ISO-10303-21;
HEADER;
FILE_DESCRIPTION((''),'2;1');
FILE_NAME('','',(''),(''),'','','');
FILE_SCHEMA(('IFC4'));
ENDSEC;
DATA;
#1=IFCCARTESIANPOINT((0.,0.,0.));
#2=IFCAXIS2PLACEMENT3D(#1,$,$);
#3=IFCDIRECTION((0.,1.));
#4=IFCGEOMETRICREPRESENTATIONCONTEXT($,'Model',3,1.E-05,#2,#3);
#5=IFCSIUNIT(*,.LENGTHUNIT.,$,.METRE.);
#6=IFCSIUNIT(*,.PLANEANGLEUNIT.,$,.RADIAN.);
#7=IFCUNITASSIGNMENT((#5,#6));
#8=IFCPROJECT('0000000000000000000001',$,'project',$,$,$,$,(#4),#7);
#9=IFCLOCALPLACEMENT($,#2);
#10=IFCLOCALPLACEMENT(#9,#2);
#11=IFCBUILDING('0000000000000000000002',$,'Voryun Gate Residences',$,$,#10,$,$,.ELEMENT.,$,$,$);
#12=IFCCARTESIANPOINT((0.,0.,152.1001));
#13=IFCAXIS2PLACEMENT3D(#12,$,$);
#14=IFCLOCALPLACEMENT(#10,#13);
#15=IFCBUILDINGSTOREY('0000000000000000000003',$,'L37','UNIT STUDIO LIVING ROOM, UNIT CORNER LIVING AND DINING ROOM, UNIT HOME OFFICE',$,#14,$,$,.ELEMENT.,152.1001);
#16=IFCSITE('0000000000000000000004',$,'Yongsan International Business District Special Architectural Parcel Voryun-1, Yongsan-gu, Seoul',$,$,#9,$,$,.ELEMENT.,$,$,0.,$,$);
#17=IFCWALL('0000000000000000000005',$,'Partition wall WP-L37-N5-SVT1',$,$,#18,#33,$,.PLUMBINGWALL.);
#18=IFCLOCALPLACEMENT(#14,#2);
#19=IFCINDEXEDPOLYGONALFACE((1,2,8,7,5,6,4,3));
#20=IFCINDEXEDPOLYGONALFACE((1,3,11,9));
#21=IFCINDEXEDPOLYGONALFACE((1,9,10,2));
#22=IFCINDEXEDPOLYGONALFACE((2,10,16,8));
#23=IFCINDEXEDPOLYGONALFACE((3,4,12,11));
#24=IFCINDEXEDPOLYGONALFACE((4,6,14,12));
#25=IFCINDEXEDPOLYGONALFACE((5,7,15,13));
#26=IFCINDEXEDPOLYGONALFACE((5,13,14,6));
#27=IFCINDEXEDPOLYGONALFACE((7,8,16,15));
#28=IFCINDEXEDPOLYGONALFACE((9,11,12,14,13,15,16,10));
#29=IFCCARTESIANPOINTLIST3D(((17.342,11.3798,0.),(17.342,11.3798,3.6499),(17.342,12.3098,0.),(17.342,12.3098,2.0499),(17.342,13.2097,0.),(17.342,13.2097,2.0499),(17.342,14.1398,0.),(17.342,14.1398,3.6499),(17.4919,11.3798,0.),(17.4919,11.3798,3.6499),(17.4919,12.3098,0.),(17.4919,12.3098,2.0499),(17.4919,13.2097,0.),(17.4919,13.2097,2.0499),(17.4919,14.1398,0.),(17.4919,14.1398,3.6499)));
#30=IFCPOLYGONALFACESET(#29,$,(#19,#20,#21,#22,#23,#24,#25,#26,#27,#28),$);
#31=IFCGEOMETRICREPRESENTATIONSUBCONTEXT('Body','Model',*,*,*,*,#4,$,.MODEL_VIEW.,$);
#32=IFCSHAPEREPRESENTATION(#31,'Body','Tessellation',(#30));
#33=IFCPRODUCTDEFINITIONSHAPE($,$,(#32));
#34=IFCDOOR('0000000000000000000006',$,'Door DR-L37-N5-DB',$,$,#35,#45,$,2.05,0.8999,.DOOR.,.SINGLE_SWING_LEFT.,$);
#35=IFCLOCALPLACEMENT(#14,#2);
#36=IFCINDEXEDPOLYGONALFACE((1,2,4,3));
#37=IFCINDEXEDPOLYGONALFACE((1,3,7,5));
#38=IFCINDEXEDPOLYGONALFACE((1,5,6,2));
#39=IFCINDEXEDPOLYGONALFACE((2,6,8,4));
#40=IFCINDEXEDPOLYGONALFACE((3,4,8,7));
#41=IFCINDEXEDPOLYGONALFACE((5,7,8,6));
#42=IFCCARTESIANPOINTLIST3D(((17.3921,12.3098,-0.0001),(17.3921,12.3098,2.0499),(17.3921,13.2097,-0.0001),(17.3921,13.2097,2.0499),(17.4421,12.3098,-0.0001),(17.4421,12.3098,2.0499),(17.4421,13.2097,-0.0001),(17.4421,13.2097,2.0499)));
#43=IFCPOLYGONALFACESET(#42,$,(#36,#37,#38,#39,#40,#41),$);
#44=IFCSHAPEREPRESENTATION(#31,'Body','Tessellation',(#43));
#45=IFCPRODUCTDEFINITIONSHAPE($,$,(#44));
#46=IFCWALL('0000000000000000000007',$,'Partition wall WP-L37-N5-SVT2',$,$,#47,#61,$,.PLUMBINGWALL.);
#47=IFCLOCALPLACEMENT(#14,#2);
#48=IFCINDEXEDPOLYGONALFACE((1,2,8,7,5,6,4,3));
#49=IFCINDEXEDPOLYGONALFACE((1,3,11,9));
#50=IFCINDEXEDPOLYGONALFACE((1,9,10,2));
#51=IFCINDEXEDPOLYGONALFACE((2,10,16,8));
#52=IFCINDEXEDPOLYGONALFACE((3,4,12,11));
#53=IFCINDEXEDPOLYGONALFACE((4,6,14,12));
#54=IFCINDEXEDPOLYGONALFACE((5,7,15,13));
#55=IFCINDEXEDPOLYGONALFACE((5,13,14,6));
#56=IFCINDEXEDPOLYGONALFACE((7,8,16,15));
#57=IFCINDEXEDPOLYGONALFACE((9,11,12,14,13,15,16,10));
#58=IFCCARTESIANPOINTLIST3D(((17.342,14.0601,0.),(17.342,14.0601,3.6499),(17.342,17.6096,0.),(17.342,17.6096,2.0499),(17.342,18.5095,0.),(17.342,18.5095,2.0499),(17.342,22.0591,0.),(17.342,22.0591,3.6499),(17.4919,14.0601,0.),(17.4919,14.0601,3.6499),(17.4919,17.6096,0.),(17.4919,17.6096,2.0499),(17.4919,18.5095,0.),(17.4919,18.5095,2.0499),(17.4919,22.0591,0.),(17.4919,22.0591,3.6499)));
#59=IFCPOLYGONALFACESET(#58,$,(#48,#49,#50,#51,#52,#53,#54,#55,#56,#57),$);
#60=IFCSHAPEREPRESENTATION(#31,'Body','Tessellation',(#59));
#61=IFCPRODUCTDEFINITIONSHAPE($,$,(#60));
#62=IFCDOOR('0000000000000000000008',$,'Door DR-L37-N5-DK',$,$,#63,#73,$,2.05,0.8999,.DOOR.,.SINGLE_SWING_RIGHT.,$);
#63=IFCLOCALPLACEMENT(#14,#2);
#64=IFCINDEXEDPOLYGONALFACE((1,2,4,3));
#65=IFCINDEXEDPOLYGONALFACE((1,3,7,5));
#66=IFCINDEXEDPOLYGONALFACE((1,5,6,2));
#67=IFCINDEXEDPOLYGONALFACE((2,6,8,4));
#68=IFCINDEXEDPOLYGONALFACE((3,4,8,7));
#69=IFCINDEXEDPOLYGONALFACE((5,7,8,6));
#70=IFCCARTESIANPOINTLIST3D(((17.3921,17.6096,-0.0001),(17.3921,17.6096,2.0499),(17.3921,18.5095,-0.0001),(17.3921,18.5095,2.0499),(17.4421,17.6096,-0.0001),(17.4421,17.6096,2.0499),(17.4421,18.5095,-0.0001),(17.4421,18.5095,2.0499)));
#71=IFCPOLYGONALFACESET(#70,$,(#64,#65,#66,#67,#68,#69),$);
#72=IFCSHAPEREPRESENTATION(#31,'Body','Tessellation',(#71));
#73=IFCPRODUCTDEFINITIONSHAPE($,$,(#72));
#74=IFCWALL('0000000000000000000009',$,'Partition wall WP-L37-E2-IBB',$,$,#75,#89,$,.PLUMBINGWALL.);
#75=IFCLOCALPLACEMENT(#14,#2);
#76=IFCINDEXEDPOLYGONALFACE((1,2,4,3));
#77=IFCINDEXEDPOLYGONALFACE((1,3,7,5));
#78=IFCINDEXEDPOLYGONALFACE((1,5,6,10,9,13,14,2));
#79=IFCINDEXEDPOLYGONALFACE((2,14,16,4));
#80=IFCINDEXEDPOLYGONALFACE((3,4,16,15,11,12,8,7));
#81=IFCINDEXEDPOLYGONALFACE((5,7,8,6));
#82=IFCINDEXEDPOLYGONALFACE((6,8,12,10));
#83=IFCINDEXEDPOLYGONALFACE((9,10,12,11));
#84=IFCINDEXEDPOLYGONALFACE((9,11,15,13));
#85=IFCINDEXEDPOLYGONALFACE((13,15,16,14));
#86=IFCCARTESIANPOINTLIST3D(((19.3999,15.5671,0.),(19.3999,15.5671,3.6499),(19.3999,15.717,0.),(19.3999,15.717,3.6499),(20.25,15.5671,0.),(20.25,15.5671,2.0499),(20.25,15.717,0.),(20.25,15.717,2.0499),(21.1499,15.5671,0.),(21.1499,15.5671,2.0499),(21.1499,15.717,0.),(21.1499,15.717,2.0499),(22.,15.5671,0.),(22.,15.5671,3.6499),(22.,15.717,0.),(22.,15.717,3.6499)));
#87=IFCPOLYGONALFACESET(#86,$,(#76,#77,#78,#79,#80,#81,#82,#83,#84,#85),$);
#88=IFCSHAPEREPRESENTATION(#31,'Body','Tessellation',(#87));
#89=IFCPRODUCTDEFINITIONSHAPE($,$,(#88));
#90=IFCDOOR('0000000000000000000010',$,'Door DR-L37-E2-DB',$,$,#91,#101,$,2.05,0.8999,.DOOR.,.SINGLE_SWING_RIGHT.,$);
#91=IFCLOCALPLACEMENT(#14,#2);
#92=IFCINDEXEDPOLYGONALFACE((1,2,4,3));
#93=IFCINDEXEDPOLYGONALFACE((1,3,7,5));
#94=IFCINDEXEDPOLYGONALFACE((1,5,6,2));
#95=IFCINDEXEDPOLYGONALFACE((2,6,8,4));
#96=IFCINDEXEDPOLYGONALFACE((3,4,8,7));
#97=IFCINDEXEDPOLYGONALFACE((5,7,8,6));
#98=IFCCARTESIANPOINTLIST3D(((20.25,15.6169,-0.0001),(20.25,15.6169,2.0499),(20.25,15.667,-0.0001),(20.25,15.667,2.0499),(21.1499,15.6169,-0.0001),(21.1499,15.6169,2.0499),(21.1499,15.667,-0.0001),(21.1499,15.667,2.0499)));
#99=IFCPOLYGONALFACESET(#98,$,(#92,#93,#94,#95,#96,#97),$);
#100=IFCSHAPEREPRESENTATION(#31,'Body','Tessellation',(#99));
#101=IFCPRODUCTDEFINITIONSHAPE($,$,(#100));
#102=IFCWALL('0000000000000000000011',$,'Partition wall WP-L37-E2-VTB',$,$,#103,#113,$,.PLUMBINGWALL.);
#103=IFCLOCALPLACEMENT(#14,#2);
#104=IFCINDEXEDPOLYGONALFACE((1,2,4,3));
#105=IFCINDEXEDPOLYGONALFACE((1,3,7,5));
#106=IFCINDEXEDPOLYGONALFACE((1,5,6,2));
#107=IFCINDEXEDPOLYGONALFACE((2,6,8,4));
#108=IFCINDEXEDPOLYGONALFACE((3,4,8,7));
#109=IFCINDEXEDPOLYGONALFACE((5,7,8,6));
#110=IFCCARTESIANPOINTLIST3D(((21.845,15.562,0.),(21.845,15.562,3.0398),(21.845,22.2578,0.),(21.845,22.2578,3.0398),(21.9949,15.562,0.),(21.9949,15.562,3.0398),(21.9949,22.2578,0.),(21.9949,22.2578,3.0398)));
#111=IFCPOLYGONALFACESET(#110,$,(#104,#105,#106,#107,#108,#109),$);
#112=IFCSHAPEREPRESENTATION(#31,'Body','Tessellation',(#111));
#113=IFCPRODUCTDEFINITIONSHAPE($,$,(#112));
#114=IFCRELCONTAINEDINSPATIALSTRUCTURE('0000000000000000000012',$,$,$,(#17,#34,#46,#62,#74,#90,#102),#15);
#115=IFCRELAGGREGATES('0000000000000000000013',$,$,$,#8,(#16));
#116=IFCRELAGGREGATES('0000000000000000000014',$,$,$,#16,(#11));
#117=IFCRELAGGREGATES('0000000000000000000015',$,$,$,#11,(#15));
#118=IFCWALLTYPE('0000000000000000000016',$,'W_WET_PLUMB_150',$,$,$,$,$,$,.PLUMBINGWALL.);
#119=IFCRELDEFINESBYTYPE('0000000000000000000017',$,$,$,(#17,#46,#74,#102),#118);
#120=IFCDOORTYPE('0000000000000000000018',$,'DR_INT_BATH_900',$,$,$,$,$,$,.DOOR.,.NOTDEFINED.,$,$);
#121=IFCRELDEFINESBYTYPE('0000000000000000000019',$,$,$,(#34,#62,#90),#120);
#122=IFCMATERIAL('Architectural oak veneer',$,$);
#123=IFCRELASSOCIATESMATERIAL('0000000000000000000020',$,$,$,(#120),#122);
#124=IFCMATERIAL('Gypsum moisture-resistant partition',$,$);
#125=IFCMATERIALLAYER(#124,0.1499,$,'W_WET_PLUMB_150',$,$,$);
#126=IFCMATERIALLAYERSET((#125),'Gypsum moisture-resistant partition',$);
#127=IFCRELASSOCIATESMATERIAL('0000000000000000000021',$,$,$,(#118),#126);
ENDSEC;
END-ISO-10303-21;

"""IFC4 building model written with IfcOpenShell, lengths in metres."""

from ifc_helpers import new_model, si_unit, direction, frame, frame_2d, origin, place, context, subcontext, project, spatial, rectangle, extrude, material, layer, layer_set, type_object, element, fill, save


model = new_model("IFC4")

# Units and contexts
model_context = context("Model", 3, precision=1e-05, world=origin(), true_north=direction((0.0, 1.0)))
body_context = subcontext(model_context, "Body", "Model", "MODEL_VIEW")
ifc_project = project(units=[si_unit("LENGTHUNIT", "METRE"), si_unit("PLANEANGLEUNIT", "RADIAN")], contexts=[model_context])

# Site, building, storey
site_placement = place(None, origin())
site = spatial("IfcSite", under=ifc_project, at=site_placement, Name="Yongsan International Business District Special Architectural Parcel Voryun-1, Yongsan-gu, Seoul", CompositionType="ELEMENT", RefElevation=0.0)
building_placement = place(site_placement, origin())
building = spatial("IfcBuilding", under=site, at=building_placement, Name="Voryun Gate Residences", CompositionType="ELEMENT")
storey_placement = place(building_placement, frame((0.0, 0.0, 152.1001)))
storey = spatial("IfcBuildingStorey", under=building, at=storey_placement, Name="L37", Description="UNIT STUDIO LIVING ROOM, UNIT CORNER LIVING AND DINING ROOM, UNIT HOME OFFICE", CompositionType="ELEMENT", Elevation=152.1001)

# Shared definitions
ifc_material_1 = material(Name="Architectural oak veneer")
door_type = type_object("IfcDoorType", Name="DR_INT_BATH_900", OperationType="NOTDEFINED", PredefinedType="DOOR", material=ifc_material_1)

# Shared definitions
ifc_material_2 = material(Name="Gypsum moisture-resistant partition")
ifc_layer_1 = layer(ifc_material_2, 0.1499, Name="W_WET_PLUMB_150")
ifc_layer_set_1 = layer_set([ifc_layer_1], Name="Gypsum moisture-resistant partition")
wall_type_1 = type_object("IfcWallType", Name="W_WET_PLUMB_150", PredefinedType="PLUMBINGWALL", material=ifc_layer_set_1)

# Walls, openings, doors
wall_1_placement = place(storey_placement, frame((17.417, 11.3799, 0.0), z_axis=(0.0, 0.0, 1.0), x_axis=(0.0, 1.0, 0.0)))
wall_1 = element("IfcWall", 1, at=wall_1_placement, inside=storey, type_object=wall_type_1, Name="Partition wall WP-L37-N5-SVT1", PredefinedType="PLUMBINGWALL", context=body_context, shape_type="SweptSolid", body=[
    extrude(rectangle(XDim=2.76, YDim=0.1499, at=frame_2d((1.3799, 0.0))), origin(), (0.0, 0.0, 1.0), 3.6499),
])
opening_1_placement = place(wall_1_placement, frame((0.9299, 0.0, 0.0)))
opening_1 = element("IfcOpeningElement", 2, at=opening_1_placement, cuts=wall_1, PredefinedType="OPENING", context=body_context, shape_type="SweptSolid", body=[
    extrude(rectangle(XDim=0.8999, YDim=2.05, at=frame_2d((0.45, 1.0249))), frame((0.0, 0.085, 0.0), z_axis=(0.0, -1.0, 0.0), x_axis=(1.0, 0.0, 0.0)), (0.0, 0.0, 1.0), 0.1699),
])
door_1_placement = place(opening_1_placement, origin())
door_1 = element("IfcDoor", 3, at=door_1_placement, inside=storey, type_object=door_type, Name="Door DR-L37-N5-DB", OperationType="SINGLE_SWING_LEFT", OverallHeight=2.05, OverallWidth=0.8999, PredefinedType="DOOR", context=body_context, shape_type="SweptSolid", body=[
    extrude(rectangle(XDim=0.8999, YDim=2.05, at=frame_2d((0.45, 1.0249))), frame((0.0, 0.0249, 0.0), z_axis=(0.0, -1.0, 0.0), x_axis=(1.0, 0.0, 0.0)), (0.0, 0.0, 1.0), 0.05),
])
fill(opening_1, door_1)
wall_2_placement = place(storey_placement, frame((17.417, 14.0601, 0.0), z_axis=(0.0, 0.0, 1.0), x_axis=(0.0, 1.0, 0.0)))
wall_2 = element("IfcWall", 4, at=wall_2_placement, inside=storey, type_object=wall_type_1, Name="Partition wall WP-L37-N5-SVT2", PredefinedType="PLUMBINGWALL", context=body_context, shape_type="SweptSolid", body=[
    extrude(rectangle(XDim=7.999, YDim=0.1499, at=frame_2d((3.9995, 0.0))), origin(), (0.0, 0.0, 1.0), 3.6499),
])
opening_2_placement = place(wall_2_placement, frame((3.5496, 0.0, 0.0)))
opening_2 = element("IfcOpeningElement", 5, at=opening_2_placement, cuts=wall_2, PredefinedType="OPENING", context=body_context, shape_type="SweptSolid", body=[
    extrude(rectangle(XDim=0.8999, YDim=2.05, at=frame_2d((0.45, 1.0249))), frame((0.0, 0.085, 0.0), z_axis=(0.0, -1.0, 0.0), x_axis=(1.0, 0.0, 0.0)), (0.0, 0.0, 1.0), 0.1699),
])
door_2_placement = place(opening_2_placement, origin())
door_2 = element("IfcDoor", 6, at=door_2_placement, inside=storey, type_object=door_type, Name="Door DR-L37-N5-DK", OperationType="SINGLE_SWING_RIGHT", OverallHeight=2.05, OverallWidth=0.8999, PredefinedType="DOOR", context=body_context, shape_type="SweptSolid", body=[
    extrude(rectangle(XDim=0.8999, YDim=2.05, at=frame_2d((0.45, 1.0249))), frame((0.0, 0.0249, 0.0), z_axis=(0.0, -1.0, 0.0), x_axis=(1.0, 0.0, 0.0)), (0.0, 0.0, 1.0), 0.05),
])
fill(opening_2, door_2)
wall_3_placement = place(storey_placement, frame((19.3999, 15.6421, 0.0), z_axis=(0.0, 0.0, 1.0), x_axis=(1.0, 0.0, 0.0)))
wall_3 = element("IfcWall", 7, at=wall_3_placement, inside=storey, type_object=wall_type_1, Name="Partition wall WP-L37-E2-IBB", PredefinedType="PLUMBINGWALL", context=body_context, shape_type="SweptSolid", body=[
    extrude(rectangle(XDim=2.6001, YDim=0.1499, at=frame_2d((1.3, 0.0))), origin(), (0.0, 0.0, 1.0), 3.6499),
])
opening_3_placement = place(wall_3_placement, frame((0.8501, 0.0, 0.0)))
opening_3 = element("IfcOpeningElement", 8, at=opening_3_placement, cuts=wall_3, PredefinedType="OPENING", context=body_context, shape_type="SweptSolid", body=[
    extrude(rectangle(XDim=0.8999, YDim=2.05, at=frame_2d((0.45, 1.0249))), frame((0.0, 0.085, 0.0), z_axis=(0.0, -1.0, 0.0), x_axis=(1.0, 0.0, 0.0)), (0.0, 0.0, 1.0), 0.1699),
])
door_3_placement = place(opening_3_placement, origin())
door_3 = element("IfcDoor", 9, at=door_3_placement, inside=storey, type_object=door_type, Name="Door DR-L37-E2-DB", OperationType="SINGLE_SWING_RIGHT", OverallHeight=2.05, OverallWidth=0.8999, PredefinedType="DOOR", context=body_context, shape_type="SweptSolid", body=[
    extrude(rectangle(XDim=0.8999, YDim=2.05, at=frame_2d((0.45, 1.0249))), frame((0.0, 0.0249, 0.0), z_axis=(0.0, -1.0, 0.0), x_axis=(1.0, 0.0, 0.0)), (0.0, 0.0, 1.0), 0.05),
])
fill(opening_3, door_3)

# Wall
wall_4_placement = place(storey_placement, frame((21.9199, 15.562, 0.0), z_axis=(0.0, 0.0, 1.0), x_axis=(0.0, 1.0, 0.0)))
element("IfcWall", 10, at=wall_4_placement, inside=storey, type_object=wall_type_1, Name="Partition wall WP-L37-E2-VTB", PredefinedType="PLUMBINGWALL", context=body_context, shape_type="SweptSolid", body=[
    extrude(rectangle(XDim=6.6958, YDim=0.1499, at=frame_2d((3.3479, 0.0))), origin(), (0.0, 0.0, 1.0), 3.0398),
])

save(model, "model.ifc")
